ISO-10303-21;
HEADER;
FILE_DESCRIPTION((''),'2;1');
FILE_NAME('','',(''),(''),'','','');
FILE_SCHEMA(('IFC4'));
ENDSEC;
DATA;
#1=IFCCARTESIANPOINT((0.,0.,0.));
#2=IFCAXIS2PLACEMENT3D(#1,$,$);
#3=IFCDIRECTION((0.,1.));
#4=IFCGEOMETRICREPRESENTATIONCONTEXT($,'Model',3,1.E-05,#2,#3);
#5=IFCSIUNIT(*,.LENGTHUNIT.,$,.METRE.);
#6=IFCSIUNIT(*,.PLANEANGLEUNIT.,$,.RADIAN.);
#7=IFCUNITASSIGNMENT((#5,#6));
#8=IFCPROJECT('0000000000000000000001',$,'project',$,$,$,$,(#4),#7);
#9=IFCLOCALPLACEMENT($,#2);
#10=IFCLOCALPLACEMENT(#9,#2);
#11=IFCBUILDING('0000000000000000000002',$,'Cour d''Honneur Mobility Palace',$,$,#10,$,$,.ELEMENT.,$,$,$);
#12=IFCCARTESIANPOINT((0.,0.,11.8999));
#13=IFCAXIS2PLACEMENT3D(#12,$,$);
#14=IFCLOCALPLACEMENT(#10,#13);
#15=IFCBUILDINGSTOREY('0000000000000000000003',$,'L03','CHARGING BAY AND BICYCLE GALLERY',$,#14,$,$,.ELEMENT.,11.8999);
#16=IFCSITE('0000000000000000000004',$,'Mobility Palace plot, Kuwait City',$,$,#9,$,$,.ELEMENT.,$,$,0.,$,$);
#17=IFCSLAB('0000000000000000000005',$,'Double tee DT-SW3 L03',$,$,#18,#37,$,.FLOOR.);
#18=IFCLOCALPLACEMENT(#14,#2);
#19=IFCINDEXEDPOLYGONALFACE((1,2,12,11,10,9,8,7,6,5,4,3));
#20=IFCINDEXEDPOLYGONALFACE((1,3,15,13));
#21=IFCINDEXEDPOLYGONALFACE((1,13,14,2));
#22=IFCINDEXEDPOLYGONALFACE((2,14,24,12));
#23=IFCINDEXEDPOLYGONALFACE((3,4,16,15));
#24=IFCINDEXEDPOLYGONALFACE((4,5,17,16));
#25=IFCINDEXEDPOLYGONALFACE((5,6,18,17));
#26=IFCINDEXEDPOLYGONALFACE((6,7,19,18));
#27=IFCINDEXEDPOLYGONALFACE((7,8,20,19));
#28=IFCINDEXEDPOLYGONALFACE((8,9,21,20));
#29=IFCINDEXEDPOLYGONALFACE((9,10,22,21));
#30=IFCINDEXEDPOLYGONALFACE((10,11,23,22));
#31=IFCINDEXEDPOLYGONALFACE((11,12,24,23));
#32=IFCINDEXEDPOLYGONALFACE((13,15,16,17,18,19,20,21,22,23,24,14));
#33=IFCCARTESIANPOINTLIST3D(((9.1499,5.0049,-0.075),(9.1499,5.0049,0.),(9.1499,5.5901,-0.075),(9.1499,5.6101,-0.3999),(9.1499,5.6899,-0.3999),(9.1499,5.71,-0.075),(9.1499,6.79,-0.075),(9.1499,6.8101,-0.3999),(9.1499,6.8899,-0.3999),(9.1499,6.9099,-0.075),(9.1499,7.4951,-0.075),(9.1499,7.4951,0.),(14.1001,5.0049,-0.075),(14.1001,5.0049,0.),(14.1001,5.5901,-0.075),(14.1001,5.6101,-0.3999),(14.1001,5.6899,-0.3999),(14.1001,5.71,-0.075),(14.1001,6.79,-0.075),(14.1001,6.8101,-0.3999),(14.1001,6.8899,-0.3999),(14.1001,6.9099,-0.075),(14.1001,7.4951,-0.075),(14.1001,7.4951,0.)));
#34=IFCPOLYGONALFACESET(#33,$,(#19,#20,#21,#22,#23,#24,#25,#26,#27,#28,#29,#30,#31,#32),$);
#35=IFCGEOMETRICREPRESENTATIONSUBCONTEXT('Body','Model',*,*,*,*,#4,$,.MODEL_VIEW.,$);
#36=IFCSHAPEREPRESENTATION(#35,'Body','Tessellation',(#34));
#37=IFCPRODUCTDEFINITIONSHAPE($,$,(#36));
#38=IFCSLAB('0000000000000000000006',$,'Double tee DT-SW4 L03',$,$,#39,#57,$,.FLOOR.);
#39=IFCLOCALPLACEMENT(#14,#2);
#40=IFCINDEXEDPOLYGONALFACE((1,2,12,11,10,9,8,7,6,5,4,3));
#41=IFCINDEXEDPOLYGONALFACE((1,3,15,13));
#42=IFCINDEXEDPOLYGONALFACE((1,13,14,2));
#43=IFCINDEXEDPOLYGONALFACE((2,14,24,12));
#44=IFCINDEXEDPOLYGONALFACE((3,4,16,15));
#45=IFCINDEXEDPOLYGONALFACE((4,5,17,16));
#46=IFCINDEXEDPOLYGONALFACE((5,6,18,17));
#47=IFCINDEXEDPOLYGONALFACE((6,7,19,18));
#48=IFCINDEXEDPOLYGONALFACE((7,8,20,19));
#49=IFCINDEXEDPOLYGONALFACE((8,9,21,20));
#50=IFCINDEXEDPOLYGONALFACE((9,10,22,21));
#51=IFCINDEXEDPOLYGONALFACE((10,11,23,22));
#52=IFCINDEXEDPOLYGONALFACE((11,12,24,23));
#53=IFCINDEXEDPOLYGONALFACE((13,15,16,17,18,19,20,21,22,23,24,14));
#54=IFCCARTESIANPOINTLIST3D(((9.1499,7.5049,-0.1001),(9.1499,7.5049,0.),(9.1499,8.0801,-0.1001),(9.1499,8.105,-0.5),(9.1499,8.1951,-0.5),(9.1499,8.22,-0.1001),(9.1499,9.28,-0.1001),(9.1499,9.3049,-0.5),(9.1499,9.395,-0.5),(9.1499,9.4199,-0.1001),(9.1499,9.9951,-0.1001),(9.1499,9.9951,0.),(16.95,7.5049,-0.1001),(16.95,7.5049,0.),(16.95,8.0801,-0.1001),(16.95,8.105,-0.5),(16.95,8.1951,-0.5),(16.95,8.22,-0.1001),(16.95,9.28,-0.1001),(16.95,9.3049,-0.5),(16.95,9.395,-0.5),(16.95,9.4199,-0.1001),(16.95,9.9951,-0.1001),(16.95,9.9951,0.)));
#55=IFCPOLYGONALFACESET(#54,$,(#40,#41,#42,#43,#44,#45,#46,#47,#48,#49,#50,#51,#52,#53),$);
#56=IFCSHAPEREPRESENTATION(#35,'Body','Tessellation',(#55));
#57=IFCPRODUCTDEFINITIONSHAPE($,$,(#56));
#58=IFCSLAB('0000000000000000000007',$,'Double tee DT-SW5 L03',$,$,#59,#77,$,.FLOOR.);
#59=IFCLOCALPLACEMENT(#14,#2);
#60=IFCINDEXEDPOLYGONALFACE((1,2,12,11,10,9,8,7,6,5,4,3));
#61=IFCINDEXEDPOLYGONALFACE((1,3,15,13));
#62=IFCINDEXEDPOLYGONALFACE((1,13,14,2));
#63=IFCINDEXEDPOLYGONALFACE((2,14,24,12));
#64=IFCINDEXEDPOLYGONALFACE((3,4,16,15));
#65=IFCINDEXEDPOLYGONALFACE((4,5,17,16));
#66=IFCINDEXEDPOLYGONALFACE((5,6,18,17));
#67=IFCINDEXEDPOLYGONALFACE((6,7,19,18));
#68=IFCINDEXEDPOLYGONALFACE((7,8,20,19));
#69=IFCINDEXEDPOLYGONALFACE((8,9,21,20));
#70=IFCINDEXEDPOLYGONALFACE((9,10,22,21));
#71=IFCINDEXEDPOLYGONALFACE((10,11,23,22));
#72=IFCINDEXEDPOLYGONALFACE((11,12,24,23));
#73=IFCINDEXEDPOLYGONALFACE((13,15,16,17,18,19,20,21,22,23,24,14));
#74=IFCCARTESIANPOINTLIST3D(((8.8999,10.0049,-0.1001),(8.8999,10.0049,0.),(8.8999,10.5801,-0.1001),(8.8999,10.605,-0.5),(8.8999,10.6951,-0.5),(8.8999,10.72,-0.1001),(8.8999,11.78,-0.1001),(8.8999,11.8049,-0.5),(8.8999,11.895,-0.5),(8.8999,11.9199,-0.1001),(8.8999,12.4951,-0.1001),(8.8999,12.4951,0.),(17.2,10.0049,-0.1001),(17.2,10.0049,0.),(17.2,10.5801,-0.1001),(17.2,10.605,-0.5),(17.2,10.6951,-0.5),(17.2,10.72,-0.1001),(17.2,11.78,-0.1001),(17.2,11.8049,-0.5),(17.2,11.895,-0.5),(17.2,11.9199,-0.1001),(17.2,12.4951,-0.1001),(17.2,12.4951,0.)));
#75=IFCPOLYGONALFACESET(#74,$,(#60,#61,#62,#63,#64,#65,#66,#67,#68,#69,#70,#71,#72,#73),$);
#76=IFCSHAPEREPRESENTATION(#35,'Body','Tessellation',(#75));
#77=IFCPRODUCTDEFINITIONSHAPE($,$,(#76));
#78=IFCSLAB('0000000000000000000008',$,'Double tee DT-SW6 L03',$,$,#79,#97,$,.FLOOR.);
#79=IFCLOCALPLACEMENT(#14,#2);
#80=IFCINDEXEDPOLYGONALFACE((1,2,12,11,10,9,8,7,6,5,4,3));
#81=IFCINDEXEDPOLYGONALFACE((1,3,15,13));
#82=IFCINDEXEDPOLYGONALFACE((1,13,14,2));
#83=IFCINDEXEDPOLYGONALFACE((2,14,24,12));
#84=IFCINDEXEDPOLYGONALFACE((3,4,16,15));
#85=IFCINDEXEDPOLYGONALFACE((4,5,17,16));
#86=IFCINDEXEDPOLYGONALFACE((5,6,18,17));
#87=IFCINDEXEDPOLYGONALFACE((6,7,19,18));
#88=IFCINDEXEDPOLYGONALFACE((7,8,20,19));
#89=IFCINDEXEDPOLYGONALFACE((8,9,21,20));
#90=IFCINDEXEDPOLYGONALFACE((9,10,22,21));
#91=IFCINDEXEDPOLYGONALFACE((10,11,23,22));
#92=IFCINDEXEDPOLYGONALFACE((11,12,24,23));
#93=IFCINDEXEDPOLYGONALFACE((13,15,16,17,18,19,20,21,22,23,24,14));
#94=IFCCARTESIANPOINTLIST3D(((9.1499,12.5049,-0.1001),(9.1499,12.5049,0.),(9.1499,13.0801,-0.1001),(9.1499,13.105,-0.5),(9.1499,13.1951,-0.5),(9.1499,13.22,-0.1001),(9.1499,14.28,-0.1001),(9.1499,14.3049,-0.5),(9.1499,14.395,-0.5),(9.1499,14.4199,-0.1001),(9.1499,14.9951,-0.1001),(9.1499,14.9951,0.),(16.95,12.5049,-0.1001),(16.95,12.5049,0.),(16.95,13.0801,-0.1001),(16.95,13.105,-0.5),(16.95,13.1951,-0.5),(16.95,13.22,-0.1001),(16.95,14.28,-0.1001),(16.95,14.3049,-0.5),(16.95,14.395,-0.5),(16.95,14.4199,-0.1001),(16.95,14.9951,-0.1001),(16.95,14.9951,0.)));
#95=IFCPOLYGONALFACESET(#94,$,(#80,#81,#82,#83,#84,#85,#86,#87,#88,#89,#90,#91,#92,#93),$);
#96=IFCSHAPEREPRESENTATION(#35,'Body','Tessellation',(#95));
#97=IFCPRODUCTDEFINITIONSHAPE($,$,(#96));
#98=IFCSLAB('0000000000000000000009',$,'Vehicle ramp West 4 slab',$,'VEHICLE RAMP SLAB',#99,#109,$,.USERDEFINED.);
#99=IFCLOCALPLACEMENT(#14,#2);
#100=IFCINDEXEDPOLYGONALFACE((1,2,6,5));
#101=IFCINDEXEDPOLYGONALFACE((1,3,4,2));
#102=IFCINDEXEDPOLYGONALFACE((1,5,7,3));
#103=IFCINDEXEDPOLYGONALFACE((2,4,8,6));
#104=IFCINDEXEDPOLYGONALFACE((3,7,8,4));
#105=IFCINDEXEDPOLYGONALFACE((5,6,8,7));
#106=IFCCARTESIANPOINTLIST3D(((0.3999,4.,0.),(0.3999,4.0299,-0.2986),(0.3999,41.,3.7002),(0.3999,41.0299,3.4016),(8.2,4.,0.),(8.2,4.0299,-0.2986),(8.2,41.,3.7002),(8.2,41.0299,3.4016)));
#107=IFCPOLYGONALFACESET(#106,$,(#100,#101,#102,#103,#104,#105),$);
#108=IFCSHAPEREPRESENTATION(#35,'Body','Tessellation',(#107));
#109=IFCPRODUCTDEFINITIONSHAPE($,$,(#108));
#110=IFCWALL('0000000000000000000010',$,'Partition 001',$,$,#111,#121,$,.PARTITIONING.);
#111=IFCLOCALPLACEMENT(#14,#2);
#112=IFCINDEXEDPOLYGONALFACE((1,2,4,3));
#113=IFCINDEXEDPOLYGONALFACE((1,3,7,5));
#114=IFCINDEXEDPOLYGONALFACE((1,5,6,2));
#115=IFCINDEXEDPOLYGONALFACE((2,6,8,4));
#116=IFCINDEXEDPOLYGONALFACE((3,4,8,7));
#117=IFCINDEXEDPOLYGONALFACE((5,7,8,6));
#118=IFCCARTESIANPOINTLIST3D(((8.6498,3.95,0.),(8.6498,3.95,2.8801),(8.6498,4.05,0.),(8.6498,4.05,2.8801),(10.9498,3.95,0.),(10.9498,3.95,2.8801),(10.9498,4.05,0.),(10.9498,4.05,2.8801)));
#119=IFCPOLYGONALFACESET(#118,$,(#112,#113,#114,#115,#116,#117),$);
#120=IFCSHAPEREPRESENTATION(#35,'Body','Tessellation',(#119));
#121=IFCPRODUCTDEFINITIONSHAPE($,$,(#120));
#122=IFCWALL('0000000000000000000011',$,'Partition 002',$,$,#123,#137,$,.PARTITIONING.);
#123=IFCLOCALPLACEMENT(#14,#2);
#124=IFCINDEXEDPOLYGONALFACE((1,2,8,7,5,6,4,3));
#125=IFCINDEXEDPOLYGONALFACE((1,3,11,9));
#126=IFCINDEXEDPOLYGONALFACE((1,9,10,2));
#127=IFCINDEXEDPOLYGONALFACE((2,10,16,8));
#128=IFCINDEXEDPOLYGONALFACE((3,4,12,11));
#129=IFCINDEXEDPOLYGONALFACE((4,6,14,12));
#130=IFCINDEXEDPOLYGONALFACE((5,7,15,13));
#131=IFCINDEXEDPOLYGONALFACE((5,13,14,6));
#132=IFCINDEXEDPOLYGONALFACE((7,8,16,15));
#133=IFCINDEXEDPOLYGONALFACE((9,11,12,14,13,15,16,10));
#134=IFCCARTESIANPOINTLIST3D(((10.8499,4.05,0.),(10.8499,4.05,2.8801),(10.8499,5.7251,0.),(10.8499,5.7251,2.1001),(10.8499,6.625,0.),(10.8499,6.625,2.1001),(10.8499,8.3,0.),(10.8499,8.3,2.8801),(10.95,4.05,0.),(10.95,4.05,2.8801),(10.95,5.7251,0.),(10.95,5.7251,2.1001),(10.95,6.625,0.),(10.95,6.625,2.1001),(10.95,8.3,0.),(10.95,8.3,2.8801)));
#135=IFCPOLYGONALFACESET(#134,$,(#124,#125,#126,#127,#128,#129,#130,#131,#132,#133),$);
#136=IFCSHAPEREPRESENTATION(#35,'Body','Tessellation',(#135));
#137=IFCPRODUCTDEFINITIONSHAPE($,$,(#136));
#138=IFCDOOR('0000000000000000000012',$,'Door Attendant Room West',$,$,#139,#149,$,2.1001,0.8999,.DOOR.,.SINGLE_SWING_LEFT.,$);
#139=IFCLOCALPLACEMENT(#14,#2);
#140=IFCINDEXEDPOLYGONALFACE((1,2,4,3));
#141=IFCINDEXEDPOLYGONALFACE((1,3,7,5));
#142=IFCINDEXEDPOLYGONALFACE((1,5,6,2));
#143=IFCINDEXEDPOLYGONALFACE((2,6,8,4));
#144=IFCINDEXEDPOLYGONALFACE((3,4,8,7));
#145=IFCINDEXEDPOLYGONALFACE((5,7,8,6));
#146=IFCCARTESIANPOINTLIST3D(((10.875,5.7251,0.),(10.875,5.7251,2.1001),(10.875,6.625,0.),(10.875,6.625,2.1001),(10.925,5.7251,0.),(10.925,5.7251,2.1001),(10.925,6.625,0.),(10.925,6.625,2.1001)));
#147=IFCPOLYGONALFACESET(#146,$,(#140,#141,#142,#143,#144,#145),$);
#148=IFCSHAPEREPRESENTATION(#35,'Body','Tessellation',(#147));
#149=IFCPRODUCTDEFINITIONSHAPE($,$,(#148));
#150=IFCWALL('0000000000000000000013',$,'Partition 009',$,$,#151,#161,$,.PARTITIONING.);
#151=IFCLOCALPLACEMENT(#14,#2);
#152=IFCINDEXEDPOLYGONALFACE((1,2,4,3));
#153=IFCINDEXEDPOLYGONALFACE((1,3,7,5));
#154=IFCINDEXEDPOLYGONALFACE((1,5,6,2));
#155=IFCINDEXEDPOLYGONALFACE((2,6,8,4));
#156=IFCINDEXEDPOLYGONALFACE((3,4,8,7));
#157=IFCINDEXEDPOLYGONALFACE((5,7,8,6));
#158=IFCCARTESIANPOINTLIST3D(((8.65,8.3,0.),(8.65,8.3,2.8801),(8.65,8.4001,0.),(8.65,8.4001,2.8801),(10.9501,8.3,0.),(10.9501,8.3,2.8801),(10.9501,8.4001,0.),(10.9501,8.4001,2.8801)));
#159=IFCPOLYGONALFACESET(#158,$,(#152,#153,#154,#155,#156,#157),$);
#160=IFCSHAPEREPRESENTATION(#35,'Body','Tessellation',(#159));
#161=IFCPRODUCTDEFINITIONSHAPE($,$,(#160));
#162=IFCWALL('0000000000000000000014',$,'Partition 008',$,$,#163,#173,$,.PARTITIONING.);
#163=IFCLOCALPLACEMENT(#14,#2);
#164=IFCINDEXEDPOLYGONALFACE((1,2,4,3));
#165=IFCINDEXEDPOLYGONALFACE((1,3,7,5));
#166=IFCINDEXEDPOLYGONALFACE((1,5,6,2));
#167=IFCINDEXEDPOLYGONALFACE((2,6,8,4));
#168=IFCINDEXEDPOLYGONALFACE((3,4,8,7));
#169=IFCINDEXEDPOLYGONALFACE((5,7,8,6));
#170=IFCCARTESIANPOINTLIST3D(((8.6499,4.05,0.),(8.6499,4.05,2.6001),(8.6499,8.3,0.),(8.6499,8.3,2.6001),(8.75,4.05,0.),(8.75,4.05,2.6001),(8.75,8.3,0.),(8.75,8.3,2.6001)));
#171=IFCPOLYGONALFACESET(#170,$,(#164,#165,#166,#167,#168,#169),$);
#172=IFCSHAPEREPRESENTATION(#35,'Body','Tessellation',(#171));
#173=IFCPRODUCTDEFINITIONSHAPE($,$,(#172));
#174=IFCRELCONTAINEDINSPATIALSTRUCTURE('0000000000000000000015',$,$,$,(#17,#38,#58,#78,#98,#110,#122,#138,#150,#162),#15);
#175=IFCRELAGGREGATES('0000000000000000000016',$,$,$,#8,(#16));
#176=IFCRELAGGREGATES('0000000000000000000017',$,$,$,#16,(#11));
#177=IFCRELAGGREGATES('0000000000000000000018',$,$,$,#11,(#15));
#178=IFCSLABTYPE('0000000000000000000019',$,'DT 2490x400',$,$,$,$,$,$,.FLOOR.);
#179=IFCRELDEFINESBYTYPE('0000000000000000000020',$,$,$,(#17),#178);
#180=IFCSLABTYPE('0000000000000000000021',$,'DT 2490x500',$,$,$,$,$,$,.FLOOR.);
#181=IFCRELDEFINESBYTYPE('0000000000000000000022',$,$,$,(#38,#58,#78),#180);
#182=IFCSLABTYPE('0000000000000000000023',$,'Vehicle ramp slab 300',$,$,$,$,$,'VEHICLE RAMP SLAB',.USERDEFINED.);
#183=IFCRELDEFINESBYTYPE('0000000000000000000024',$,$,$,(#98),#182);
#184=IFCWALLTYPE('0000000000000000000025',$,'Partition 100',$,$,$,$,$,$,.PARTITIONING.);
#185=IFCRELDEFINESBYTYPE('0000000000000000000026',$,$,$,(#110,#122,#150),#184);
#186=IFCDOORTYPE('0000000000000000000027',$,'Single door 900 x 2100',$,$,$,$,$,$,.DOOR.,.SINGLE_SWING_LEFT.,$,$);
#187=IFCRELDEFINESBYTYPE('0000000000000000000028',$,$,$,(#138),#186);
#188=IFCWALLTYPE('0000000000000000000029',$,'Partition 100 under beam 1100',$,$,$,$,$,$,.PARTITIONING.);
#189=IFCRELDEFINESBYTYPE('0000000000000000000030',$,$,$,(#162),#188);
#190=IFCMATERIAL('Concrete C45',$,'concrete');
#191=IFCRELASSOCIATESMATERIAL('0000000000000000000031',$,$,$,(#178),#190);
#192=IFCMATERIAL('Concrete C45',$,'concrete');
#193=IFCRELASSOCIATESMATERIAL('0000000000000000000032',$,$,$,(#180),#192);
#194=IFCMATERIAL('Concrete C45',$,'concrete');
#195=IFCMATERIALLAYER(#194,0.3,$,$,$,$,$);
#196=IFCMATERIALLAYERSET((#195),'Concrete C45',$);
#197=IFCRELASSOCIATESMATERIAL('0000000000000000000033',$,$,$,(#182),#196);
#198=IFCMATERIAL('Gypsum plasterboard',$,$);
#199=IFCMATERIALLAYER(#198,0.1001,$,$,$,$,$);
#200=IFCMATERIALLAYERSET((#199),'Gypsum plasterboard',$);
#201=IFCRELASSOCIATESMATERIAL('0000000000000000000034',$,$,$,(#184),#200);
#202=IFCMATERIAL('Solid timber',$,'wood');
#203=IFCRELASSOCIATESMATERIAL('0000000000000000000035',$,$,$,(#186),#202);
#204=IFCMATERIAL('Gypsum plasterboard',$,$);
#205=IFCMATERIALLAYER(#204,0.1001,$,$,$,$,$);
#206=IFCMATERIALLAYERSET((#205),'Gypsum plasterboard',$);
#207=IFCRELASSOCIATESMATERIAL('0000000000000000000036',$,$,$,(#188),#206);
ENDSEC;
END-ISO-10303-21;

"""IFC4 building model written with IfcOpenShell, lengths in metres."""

from ifc_helpers import new_model, si_unit, direction, frame, frame_2d, origin, place, context, subcontext, project, spatial, polyline, rectangle, outline, extrude, material, layer, layer_set, material_profile, profile_set, type_object, element, fill, save


model = new_model("IFC4")

# Units and contexts
model_context = context("Model", 3, precision=1e-05, world=origin(), true_north=direction((0.0, 1.0)))
body_context = subcontext(model_context, "Body", "Model", "MODEL_VIEW")
ifc_project = project(units=[si_unit("LENGTHUNIT", "METRE"), si_unit("PLANEANGLEUNIT", "RADIAN")], contexts=[model_context])

# Site, building, storey
site_placement = place(None, origin())
site = spatial("IfcSite", under=ifc_project, at=site_placement, Name="Mobility Palace plot, Kuwait City", CompositionType="ELEMENT", RefElevation=0.0)
building_placement = place(site_placement, origin())
building = spatial("IfcBuilding", under=site, at=building_placement, Name="Cour d'Honneur Mobility Palace", CompositionType="ELEMENT")
storey_placement = place(building_placement, frame((0.0, 0.0, 11.8999)))
storey = spatial("IfcBuildingStorey", under=building, at=storey_placement, Name="L03", Description="CHARGING BAY AND BICYCLE GALLERY", CompositionType="ELEMENT", Elevation=11.8999)

# Slabs
ifc_material_1 = material(Name="Concrete C45", Category="concrete")
ifc_material_profile_1 = material_profile(ifc_material_1, outline(polyline([(-1.2451, 0.0), (1.2451, 0.0), (1.2451, -0.075), (0.6599, -0.075), (0.6399, -0.3999), (0.5601, -0.3999), (0.54, -0.075), (-0.54, -0.075), (-0.5601, -0.3999), (-0.6399, -0.3999), (-0.6599, -0.075), (-1.2451, -0.075), (-1.2451, 0.0)])), Name="DT 2490x400")
ifc_profile_set_1 = profile_set([ifc_material_profile_1], Name="Concrete C45")
slab_type_1 = type_object("IfcSlabType", Name="DT 2490x400", PredefinedType="FLOOR", material=ifc_profile_set_1)
slab_1_placement = place(storey_placement, frame((9.1499, 6.25, 0.0), z_axis=(1.0, 0.0, 0.0), x_axis=(0.0, 1.0, 0.0)))
element("IfcSlab", 1, at=slab_1_placement, inside=storey, type_object=slab_type_1, Name="Double tee DT-SW3 L03", PredefinedType="FLOOR", context=body_context, shape_type="SweptSolid", body=[
    extrude(outline(polyline([(-1.2451, 0.0), (1.2451, 0.0), (1.2451, -0.075), (0.6599, -0.075), (0.6399, -0.3999), (0.5601, -0.3999), (0.54, -0.075), (-0.54, -0.075), (-0.5601, -0.3999), (-0.6399, -0.3999), (-0.6599, -0.075), (-1.2451, -0.075), (-1.2451, 0.0)])), origin(), (0.0, 0.0, 1.0), 4.9502),
])
ifc_material_2 = material(Name="Concrete C45", Category="concrete")
ifc_material_profile_2 = material_profile(ifc_material_2, outline(polyline([(-1.2451, 0.0), (1.2451, 0.0), (1.2451, -0.1001), (0.6699, -0.1001), (0.645, -0.5), (0.5549, -0.5), (0.53, -0.1001), (-0.53, -0.1001), (-0.5549, -0.5), (-0.645, -0.5), (-0.6699, -0.1001), (-1.2451, -0.1001), (-1.2451, 0.0)])), Name="DT 2490x500")
ifc_profile_set_2 = profile_set([ifc_material_profile_2], Name="Concrete C45")
slab_type_2 = type_object("IfcSlabType", Name="DT 2490x500", PredefinedType="FLOOR", material=ifc_profile_set_2)
slab_2_placement = place(storey_placement, frame((9.1499, 8.75, 0.0), z_axis=(1.0, 0.0, 0.0), x_axis=(0.0, 1.0, 0.0)))
element("IfcSlab", 2, at=slab_2_placement, inside=storey, type_object=slab_type_2, Name="Double tee DT-SW4 L03", PredefinedType="FLOOR", context=body_context, shape_type="SweptSolid", body=[
    extrude(outline(polyline([(-1.2451, 0.0), (1.2451, 0.0), (1.2451, -0.1001), (0.6699, -0.1001), (0.645, -0.5), (0.5549, -0.5), (0.53, -0.1001), (-0.53, -0.1001), (-0.5549, -0.5), (-0.645, -0.5), (-0.6699, -0.1001), (-1.2451, -0.1001), (-1.2451, 0.0)])), origin(), (0.0, 0.0, 1.0), 7.8),
])
slab_3_placement = place(storey_placement, frame((8.8999, 11.25, 0.0), z_axis=(1.0, 0.0, 0.0), x_axis=(0.0, 1.0, 0.0)))
element("IfcSlab", 3, at=slab_3_placement, inside=storey, type_object=slab_type_2, Name="Double tee DT-SW5 L03", PredefinedType="FLOOR", context=body_context, shape_type="SweptSolid", body=[
    extrude(outline(polyline([(-1.2451, 0.0), (1.2451, 0.0), (1.2451, -0.1001), (0.6699, -0.1001), (0.645, -0.5), (0.5549, -0.5), (0.53, -0.1001), (-0.53, -0.1001), (-0.5549, -0.5), (-0.645, -0.5), (-0.6699, -0.1001), (-1.2451, -0.1001), (-1.2451, 0.0)])), origin(), (0.0, 0.0, 1.0), 8.3),
])
slab_4_placement = place(storey_placement, frame((9.1499, 13.75, 0.0), z_axis=(1.0, 0.0, 0.0), x_axis=(0.0, 1.0, 0.0)))
element("IfcSlab", 4, at=slab_4_placement, inside=storey, type_object=slab_type_2, Name="Double tee DT-SW6 L03", PredefinedType="FLOOR", context=body_context, shape_type="SweptSolid", body=[
    extrude(outline(polyline([(-1.2451, 0.0), (1.2451, 0.0), (1.2451, -0.1001), (0.6699, -0.1001), (0.645, -0.5), (0.5549, -0.5), (0.53, -0.1001), (-0.53, -0.1001), (-0.5549, -0.5), (-0.645, -0.5), (-0.6699, -0.1001), (-1.2451, -0.1001), (-1.2451, 0.0)])), origin(), (0.0, 0.0, 1.0), 7.8),
])
ifc_material_3 = material(Name="Concrete C45", Category="concrete")
ifc_layer_1 = layer(ifc_material_3, 0.3)
ifc_layer_set_1 = layer_set([ifc_layer_1], Name="Concrete C45")
slab_type_3 = type_object("IfcSlabType", Name="Vehicle ramp slab 300", ElementType="VEHICLE RAMP SLAB", PredefinedType="USERDEFINED", material=ifc_layer_set_1)
slab_5_placement = place(storey_placement, frame((0.3999, 4.0, 0.0), z_axis=(0.0, -0.099509, 0.995037), x_axis=(1.0, 0.0, 0.0)))
element("IfcSlab", 5, at=slab_5_placement, inside=storey, type_object=slab_type_3, Name="Vehicle ramp West 4 slab", ObjectType="VEHICLE RAMP SLAB", PredefinedType="USERDEFINED", context=body_context, shape_type="SweptSolid", body=[
    extrude(outline(polyline([(0.0, 0.0), (7.8, 0.0), (7.8, 37.1846), (0.0, 37.1846), (0.0, 0.0)])), origin(), (0.0, 0.0, -1.0), 0.3),
])

# Wall
ifc_material_4 = material(Name="Gypsum plasterboard")
ifc_layer_2 = layer(ifc_material_4, 0.1001)
ifc_layer_set_2 = layer_set([ifc_layer_2], Name="Gypsum plasterboard")
wall_type_1 = type_object("IfcWallType", Name="Partition 100", PredefinedType="PARTITIONING", material=ifc_layer_set_2)
wall_1_placement = place(storey_placement, frame((8.6499, 4.0, 0.0), z_axis=(0.0, 0.0, 1.0), x_axis=(1.0, 0.0, 0.0)))
element("IfcWall", 6, at=wall_1_placement, inside=storey, type_object=wall_type_1, Name="Partition 001", PredefinedType="PARTITIONING", context=body_context, shape_type="SweptSolid", body=[
    extrude(rectangle(XDim=2.3, YDim=0.1001, at=frame_2d((1.1499, 0.0))), origin(), (0.0, 0.0, 1.0), 2.8801),
])

# Wall, opening, door
wall_2_placement = place(storey_placement, frame((10.8999, 4.05, 0.0), z_axis=(0.0, 0.0, 1.0), x_axis=(0.0, 1.0, 0.0)))
wall_2 = element("IfcWall", 7, at=wall_2_placement, inside=storey, type_object=wall_type_1, Name="Partition 002", PredefinedType="PARTITIONING", context=body_context, shape_type="SweptSolid", body=[
    extrude(rectangle(XDim=4.25, YDim=0.1001, at=frame_2d((2.125, 0.0))), origin(), (0.0, 0.0, 1.0), 2.8801),
])
opening_1_placement = place(wall_2_placement, frame((1.675, 0.0, 0.0)))
opening_1 = element("IfcOpeningElement", 8, at=opening_1_placement, cuts=wall_2, PredefinedType="OPENING", context=body_context, shape_type="SweptSolid", body=[
    extrude(rectangle(XDim=0.8999, YDim=2.1001, at=frame_2d((0.45, 1.05))), frame((0.0, 0.0601, 0.0), z_axis=(0.0, -1.0, 0.0), x_axis=(1.0, 0.0, 0.0)), (0.0, 0.0, 1.0), 0.1201),
])
ifc_material_5 = material(Name="Solid timber", Category="wood")
door_type_1 = type_object("IfcDoorType", Name="Single door 900 x 2100", OperationType="SINGLE_SWING_LEFT", PredefinedType="DOOR", material=ifc_material_5)
door_1_placement = place(opening_1_placement, origin())
door_1 = element("IfcDoor", 9, at=door_1_placement, inside=storey, type_object=door_type_1, Name="Door Attendant Room West", OperationType="SINGLE_SWING_LEFT", OverallHeight=2.1001, OverallWidth=0.8999, PredefinedType="DOOR", context=body_context, shape_type="SweptSolid", body=[
    extrude(rectangle(XDim=0.8999, YDim=2.1001, at=frame_2d((0.45, 1.05))), frame((0.0, 0.0249, 0.0), z_axis=(0.0, -1.0, 0.0), x_axis=(1.0, 0.0, 0.0)), (0.0, 0.0, 1.0), 0.05),
])
fill(opening_1, door_1)

# Walls
wall_3_placement = place(storey_placement, frame((10.95, 8.3501, 0.0), z_axis=(0.0, 0.0, 1.0), x_axis=(-1.0, 0.0, 0.0)))
element("IfcWall", 10, at=wall_3_placement, inside=storey, type_object=wall_type_1, Name="Partition 009", PredefinedType="PARTITIONING", context=body_context, shape_type="SweptSolid", body=[
    extrude(rectangle(XDim=2.3, YDim=0.1001, at=frame_2d((1.1499, 0.0))), origin(), (0.0, 0.0, 1.0), 2.8801),
])
ifc_material_6 = material(Name="Gypsum plasterboard")
ifc_layer_3 = layer(ifc_material_6, 0.1001)
ifc_layer_set_3 = layer_set([ifc_layer_3], Name="Gypsum plasterboard")
wall_type_2 = type_object("IfcWallType", Name="Partition 100 under beam 1100", PredefinedType="PARTITIONING", material=ifc_layer_set_3)
wall_4_placement = place(storey_placement, frame((8.7, 8.3, 0.0), z_axis=(0.0, 0.0, 1.0), x_axis=(0.0, -1.0, 0.0)))
element("IfcWall", 11, at=wall_4_placement, inside=storey, type_object=wall_type_2, Name="Partition 008", PredefinedType="PARTITIONING", context=body_context, shape_type="SweptSolid", body=[
    extrude(rectangle(XDim=4.25, YDim=0.1001, at=frame_2d((2.125, 0.0))), origin(), (0.0, 0.0, 1.0), 2.6001),
])

save(model, "model.ifc")
